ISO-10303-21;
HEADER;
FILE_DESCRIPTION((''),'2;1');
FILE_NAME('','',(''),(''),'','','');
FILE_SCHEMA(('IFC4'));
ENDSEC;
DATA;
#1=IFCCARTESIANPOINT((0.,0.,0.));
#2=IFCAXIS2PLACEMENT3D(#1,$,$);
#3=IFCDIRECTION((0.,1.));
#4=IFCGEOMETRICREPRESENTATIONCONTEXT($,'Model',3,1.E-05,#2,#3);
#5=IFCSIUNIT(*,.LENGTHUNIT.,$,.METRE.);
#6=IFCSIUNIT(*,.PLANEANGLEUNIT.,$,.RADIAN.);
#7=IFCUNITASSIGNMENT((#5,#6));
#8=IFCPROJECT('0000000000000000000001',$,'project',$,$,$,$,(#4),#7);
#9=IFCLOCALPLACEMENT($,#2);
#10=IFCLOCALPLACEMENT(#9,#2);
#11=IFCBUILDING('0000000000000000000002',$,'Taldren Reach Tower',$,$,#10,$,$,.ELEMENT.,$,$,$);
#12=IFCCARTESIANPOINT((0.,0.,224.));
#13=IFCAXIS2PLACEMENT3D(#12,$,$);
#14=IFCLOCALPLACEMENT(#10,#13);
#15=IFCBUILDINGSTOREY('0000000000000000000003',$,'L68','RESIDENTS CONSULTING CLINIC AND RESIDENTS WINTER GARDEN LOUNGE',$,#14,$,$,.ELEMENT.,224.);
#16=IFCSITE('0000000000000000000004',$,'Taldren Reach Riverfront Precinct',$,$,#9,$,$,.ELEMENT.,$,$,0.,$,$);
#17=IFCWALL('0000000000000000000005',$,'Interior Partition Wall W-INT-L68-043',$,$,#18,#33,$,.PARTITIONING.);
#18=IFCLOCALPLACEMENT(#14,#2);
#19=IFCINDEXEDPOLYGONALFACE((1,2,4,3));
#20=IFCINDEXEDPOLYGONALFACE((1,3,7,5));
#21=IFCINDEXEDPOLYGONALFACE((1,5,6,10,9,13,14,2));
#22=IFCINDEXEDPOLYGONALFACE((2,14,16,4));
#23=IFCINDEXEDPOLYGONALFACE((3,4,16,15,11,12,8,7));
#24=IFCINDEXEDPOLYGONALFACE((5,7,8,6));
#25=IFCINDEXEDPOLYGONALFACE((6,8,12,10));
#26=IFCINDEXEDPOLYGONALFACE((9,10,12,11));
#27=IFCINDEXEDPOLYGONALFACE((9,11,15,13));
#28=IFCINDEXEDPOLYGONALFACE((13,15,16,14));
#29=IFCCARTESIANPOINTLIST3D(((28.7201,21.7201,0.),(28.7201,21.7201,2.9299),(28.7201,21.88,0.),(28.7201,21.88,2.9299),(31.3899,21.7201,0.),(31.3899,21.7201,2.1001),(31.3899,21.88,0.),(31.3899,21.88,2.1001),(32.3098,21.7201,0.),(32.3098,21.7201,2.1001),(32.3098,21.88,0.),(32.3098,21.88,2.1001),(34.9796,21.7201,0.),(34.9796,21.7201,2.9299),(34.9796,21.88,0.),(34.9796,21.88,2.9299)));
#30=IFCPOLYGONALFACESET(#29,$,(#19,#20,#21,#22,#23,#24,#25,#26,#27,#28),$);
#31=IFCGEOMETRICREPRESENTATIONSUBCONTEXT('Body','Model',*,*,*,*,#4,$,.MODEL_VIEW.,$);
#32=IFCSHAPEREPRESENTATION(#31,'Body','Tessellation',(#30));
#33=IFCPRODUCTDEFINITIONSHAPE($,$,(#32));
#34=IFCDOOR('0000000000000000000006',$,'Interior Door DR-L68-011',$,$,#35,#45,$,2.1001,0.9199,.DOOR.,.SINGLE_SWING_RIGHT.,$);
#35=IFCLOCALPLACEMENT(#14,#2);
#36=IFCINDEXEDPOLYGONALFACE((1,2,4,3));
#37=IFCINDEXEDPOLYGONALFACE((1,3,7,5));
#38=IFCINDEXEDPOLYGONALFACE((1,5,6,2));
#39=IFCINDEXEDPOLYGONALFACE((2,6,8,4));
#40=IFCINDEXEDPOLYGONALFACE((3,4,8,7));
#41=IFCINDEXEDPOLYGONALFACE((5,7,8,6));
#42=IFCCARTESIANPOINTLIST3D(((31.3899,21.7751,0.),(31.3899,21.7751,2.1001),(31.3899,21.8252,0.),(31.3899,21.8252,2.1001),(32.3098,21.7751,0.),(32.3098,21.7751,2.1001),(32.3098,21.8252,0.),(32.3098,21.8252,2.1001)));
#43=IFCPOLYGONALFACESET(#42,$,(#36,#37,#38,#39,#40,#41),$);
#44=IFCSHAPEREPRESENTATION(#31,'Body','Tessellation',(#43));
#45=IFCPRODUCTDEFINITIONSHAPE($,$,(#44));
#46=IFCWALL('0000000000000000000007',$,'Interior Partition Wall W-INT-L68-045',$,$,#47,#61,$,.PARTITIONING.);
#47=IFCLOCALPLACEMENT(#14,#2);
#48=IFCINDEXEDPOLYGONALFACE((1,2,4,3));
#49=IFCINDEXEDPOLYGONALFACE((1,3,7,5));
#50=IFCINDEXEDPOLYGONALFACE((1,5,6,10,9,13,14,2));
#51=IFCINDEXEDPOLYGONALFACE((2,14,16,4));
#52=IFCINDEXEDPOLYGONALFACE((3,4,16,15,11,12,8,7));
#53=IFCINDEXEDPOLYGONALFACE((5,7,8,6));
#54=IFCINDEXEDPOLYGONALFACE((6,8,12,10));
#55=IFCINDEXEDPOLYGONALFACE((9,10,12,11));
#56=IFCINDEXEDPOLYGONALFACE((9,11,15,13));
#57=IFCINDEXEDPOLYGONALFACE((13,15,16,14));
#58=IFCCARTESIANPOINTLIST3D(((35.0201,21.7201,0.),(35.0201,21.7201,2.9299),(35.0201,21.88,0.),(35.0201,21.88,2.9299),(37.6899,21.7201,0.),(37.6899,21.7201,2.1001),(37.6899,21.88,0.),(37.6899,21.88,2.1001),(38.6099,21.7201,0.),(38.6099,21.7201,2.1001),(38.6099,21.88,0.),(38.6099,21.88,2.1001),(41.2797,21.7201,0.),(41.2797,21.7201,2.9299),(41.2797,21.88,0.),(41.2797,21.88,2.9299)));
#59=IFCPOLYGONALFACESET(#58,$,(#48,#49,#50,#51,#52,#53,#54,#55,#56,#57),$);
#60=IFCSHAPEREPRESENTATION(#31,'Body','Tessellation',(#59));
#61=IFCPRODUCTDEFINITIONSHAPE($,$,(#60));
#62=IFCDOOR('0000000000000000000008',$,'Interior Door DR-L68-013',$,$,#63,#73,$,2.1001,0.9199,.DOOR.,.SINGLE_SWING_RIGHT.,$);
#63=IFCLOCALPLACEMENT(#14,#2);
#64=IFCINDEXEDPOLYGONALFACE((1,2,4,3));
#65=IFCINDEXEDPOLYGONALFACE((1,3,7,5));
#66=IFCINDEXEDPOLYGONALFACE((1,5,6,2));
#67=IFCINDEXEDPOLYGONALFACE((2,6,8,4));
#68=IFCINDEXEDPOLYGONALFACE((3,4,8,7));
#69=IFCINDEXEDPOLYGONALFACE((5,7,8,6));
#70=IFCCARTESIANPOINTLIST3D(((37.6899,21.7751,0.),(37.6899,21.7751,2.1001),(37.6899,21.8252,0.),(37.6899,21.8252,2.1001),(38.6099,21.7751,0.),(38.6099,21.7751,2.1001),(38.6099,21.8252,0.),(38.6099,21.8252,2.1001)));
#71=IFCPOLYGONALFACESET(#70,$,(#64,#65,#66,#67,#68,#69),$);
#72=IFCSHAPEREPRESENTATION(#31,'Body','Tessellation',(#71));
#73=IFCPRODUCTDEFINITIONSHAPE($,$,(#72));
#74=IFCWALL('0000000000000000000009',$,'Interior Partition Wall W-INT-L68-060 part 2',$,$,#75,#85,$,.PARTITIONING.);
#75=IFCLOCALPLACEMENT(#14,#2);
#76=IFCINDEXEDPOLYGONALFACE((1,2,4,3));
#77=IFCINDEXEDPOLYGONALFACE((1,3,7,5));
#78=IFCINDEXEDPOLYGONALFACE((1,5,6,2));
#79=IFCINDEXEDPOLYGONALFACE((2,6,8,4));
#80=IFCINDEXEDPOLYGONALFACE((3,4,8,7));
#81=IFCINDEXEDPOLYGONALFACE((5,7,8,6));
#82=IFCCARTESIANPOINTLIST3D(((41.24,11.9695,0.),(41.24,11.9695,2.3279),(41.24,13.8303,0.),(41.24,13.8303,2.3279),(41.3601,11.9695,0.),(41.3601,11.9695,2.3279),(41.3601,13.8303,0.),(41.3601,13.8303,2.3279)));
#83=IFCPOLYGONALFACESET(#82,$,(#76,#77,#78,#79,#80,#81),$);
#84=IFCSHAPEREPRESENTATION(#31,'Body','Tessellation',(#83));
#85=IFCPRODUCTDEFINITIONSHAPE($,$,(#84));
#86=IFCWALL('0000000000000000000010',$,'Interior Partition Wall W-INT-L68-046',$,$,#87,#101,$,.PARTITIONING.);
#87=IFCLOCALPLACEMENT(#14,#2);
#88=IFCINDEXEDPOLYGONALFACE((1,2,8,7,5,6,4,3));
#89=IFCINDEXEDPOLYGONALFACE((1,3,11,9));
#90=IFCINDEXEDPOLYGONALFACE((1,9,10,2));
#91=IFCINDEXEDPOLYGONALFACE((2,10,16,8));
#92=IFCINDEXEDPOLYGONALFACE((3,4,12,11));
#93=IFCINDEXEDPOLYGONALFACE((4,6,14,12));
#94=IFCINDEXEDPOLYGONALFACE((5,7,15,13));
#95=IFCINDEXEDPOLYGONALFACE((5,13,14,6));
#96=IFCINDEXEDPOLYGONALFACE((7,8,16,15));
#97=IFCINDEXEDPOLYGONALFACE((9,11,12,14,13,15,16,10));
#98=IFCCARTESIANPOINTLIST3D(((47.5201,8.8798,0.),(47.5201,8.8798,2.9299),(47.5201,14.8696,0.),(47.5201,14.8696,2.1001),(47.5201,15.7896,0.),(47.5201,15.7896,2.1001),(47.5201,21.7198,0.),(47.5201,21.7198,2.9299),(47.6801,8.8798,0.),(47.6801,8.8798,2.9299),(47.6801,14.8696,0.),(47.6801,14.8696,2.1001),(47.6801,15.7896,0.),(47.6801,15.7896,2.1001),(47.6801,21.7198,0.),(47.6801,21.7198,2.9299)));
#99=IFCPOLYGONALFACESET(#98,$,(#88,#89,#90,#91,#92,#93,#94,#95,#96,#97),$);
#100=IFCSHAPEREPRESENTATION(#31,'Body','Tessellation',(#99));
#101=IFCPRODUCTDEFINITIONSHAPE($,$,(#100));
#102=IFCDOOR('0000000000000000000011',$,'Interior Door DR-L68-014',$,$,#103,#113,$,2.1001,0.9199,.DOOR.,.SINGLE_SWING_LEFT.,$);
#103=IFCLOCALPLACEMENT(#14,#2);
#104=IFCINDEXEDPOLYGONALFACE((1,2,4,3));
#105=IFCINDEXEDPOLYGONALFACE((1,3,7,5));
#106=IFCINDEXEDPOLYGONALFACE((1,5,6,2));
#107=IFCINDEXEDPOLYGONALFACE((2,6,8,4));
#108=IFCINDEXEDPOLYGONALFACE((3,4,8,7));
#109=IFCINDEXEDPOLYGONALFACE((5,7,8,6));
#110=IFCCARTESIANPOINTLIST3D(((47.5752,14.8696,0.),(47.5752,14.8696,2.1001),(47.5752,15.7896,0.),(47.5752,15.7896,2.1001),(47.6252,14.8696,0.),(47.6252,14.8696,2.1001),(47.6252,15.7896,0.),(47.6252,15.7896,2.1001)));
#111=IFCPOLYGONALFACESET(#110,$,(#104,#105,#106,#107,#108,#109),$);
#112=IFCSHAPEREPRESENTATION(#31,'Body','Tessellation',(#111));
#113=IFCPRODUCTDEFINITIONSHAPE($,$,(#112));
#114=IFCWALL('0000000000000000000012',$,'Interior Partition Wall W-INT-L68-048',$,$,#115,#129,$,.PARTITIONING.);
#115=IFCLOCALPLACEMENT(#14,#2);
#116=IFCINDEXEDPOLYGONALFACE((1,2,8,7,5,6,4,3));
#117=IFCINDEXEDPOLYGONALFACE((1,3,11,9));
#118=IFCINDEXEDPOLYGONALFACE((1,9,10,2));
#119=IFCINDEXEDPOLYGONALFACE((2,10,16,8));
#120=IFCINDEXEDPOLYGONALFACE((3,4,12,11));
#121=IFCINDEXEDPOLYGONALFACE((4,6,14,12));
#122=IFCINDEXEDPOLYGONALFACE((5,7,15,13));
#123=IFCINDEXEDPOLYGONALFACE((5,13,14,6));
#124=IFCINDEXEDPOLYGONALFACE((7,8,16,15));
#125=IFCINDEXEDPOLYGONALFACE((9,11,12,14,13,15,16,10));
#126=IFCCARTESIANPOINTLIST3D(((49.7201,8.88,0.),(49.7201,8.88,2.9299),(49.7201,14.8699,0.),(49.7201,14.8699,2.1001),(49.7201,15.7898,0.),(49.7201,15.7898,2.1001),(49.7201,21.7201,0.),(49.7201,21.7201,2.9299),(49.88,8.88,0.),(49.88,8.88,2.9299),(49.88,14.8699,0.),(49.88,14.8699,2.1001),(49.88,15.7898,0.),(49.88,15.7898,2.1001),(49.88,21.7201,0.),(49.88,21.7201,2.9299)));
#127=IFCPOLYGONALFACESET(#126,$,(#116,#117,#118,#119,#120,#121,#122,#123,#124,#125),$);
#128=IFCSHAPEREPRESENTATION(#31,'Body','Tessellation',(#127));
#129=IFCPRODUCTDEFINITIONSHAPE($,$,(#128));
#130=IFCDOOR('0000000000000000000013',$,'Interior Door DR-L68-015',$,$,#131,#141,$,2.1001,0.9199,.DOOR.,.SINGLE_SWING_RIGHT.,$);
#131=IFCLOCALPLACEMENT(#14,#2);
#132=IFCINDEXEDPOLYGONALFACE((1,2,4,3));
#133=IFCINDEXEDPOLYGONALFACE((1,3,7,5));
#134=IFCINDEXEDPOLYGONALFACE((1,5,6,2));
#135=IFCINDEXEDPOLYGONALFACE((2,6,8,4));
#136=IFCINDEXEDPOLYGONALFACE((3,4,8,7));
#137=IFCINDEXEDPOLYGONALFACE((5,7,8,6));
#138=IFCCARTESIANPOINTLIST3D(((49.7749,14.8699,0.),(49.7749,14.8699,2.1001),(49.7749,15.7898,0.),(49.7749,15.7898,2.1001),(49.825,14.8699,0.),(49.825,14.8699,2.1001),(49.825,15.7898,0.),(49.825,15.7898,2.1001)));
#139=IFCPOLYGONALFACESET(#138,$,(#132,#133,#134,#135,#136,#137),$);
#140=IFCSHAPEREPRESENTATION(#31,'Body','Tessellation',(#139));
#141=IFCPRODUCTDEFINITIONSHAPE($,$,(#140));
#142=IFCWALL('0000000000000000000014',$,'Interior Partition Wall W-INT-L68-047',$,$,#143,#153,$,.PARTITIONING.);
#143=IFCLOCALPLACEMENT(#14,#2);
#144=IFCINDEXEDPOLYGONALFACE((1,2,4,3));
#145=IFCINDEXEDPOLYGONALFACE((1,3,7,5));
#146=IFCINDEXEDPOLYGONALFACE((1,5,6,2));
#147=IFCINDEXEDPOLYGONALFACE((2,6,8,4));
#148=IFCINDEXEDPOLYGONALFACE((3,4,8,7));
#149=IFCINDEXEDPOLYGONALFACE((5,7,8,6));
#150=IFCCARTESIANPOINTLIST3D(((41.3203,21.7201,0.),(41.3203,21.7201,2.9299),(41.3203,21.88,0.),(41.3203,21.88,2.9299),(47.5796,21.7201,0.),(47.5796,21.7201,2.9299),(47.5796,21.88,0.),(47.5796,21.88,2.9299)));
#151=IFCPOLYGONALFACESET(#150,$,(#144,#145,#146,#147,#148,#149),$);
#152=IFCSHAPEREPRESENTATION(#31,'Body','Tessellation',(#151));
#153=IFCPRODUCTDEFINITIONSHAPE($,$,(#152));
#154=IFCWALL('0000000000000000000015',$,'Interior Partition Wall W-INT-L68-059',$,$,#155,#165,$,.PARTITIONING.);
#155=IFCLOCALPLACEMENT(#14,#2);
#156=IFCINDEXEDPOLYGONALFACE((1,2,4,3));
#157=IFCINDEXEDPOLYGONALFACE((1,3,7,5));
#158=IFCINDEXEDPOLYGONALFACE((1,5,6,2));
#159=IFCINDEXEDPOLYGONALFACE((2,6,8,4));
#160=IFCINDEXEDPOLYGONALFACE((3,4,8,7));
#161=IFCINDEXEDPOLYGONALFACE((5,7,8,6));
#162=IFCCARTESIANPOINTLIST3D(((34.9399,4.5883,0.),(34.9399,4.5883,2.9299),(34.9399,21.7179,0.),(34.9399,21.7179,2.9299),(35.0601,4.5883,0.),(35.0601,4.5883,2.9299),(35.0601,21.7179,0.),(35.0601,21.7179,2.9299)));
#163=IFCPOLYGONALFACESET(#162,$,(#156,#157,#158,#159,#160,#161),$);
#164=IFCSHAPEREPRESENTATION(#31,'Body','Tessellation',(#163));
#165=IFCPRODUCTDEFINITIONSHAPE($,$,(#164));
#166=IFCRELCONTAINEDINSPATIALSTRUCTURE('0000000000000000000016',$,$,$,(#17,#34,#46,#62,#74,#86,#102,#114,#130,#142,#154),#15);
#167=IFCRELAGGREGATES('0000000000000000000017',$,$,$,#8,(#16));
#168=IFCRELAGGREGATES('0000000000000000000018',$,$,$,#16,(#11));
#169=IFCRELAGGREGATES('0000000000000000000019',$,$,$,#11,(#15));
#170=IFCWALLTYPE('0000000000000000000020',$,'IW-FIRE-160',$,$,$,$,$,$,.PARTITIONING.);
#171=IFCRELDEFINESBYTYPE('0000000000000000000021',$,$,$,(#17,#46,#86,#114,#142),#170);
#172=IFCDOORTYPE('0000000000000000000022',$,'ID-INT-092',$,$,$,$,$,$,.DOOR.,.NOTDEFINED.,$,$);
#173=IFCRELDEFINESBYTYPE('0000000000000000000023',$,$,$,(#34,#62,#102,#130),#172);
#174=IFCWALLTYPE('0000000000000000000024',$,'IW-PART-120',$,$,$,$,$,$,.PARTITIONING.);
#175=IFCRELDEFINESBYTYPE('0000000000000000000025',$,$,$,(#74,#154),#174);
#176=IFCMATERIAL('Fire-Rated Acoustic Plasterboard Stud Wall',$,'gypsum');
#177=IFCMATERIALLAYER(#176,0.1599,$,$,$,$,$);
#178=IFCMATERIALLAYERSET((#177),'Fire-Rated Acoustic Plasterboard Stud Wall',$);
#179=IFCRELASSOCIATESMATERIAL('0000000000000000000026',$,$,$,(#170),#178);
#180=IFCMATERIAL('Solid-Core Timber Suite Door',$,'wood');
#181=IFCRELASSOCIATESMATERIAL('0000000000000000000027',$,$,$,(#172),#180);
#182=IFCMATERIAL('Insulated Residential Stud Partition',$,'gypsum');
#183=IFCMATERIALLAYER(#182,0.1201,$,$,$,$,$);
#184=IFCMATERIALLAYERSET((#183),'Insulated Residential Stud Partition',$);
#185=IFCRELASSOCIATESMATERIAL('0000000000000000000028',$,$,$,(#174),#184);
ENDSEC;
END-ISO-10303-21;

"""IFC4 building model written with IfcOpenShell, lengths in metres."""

from ifc_helpers import new_model, si_unit, direction, frame, frame_2d, origin, place, context, subcontext, project, spatial, rectangle, extrude, source, transform, mapped, material, layer, layer_set, type_object, element, fill, save


model = new_model("IFC4")

# Units and contexts
model_context = context("Model", 3, precision=1e-05, world=origin(), true_north=direction((0.0, 1.0)))
body_context = subcontext(model_context, "Body", "Model", "MODEL_VIEW")
ifc_project = project(units=[si_unit("LENGTHUNIT", "METRE"), si_unit("PLANEANGLEUNIT", "RADIAN")], contexts=[model_context])

# Site, building, storey
site_placement = place(None, origin())
site = spatial("IfcSite", under=ifc_project, at=site_placement, Name="Taldren Reach Riverfront Precinct", CompositionType="ELEMENT", RefElevation=0.0)
building_placement = place(site_placement, origin())
building = spatial("IfcBuilding", under=site, at=building_placement, Name="Taldren Reach Tower", CompositionType="ELEMENT")
storey_placement = place(building_placement, frame((0.0, 0.0, 224.0)))
storey = spatial("IfcBuildingStorey", under=building, at=storey_placement, Name="L68", Description="RESIDENTS CONSULTING CLINIC AND RESIDENTS WINTER GARDEN LOUNGE", CompositionType="ELEMENT", Elevation=224.0)

# Shared definitions
ifc_material_1 = material(Name="Fire-Rated Acoustic Plasterboard Stud Wall", Category="gypsum")
ifc_layer_1 = layer(ifc_material_1, 0.1599)
ifc_layer_set_1 = layer_set([ifc_layer_1], Name="Fire-Rated Acoustic Plasterboard Stud Wall")
wall_type_1 = type_object("IfcWallType", Name="IW-FIRE-160", PredefinedType="PARTITIONING", material=ifc_layer_set_1)

# Walls, openings, doors
shared_shape_1 = source(origin(), body_context, "Body", "SweptSolid", [
    extrude(rectangle(XDim=6.2595, YDim=0.1599, at=frame_2d((3.1299, 0.0))), origin(), (0.0, 0.0, 1.0), 2.9299),
])
wall_1_placement = place(storey_placement, frame((34.9797, 21.8, 0.0), z_axis=(0.0, 0.0, 1.0), x_axis=(-1.0, 0.0, 0.0)))
wall_1 = element("IfcWall", 1, at=wall_1_placement, inside=storey, type_object=wall_type_1, Name="Interior Partition Wall W-INT-L68-043", PredefinedType="PARTITIONING", context=body_context, shape_type="MappedRepresentation", body=[
    mapped(shared_shape_1, transform((0.0, 0.0, 0.0), scale=1.0)),
])
shared_shape_2 = source(origin(), body_context, "Body", "SweptSolid", [
    extrude(rectangle(XDim=0.9199, YDim=2.1001, at=frame_2d((0.46, 1.05))), frame((0.0, 0.0898, 0.0), z_axis=(0.0, -1.0, 0.0), x_axis=(1.0, 0.0, 0.0)), (0.0, 0.0, 1.0), 0.1799),
])
opening_1_placement = place(wall_1_placement, frame((2.6699, 0.0, 0.0)))
opening_1 = element("IfcOpeningElement", 2, at=opening_1_placement, cuts=wall_1, PredefinedType="OPENING", context=body_context, shape_type="MappedRepresentation", body=[
    mapped(shared_shape_2, transform((0.0, 0.0, 0.0), scale=1.0)),
])
ifc_material_2 = material(Name="Solid-Core Timber Suite Door", Category="wood")
door_type = type_object("IfcDoorType", Name="ID-INT-092", OperationType="NOTDEFINED", PredefinedType="DOOR", material=ifc_material_2)
shared_shape_3 = source(origin(), body_context, "Body", "SweptSolid", [
    extrude(rectangle(XDim=0.9199, YDim=2.1001, at=frame_2d((0.46, 1.05))), frame((0.0, 0.0249, 0.0), z_axis=(0.0, -1.0, 0.0), x_axis=(1.0, 0.0, 0.0)), (0.0, 0.0, 1.0), 0.05),
])
door_1_placement = place(opening_1_placement, origin())
door_1 = element("IfcDoor", 3, at=door_1_placement, inside=storey, type_object=door_type, Name="Interior Door DR-L68-011", OperationType="SINGLE_SWING_RIGHT", OverallHeight=2.1001, OverallWidth=0.9199, PredefinedType="DOOR", context=body_context, shape_type="MappedRepresentation", body=[
    mapped(shared_shape_3, transform((0.0, 0.0, 0.0), scale=1.0)),
])
fill(opening_1, door_1)
wall_2_placement = place(storey_placement, frame((41.2798, 21.8, 0.0), z_axis=(0.0, 0.0, 1.0), x_axis=(-1.0, 0.0, 0.0)))
wall_2 = element("IfcWall", 4, at=wall_2_placement, inside=storey, type_object=wall_type_1, Name="Interior Partition Wall W-INT-L68-045", PredefinedType="PARTITIONING", context=body_context, shape_type="MappedRepresentation", body=[
    mapped(shared_shape_1, transform((0.0, 0.0, 0.0), scale=1.0)),
])
opening_2_placement = place(wall_2_placement, frame((2.6699, 0.0, 0.0)))
opening_2 = element("IfcOpeningElement", 5, at=opening_2_placement, cuts=wall_2, PredefinedType="OPENING", context=body_context, shape_type="MappedRepresentation", body=[
    mapped(shared_shape_2, transform((0.0, 0.0, 0.0), scale=1.0)),
])
door_2_placement = place(opening_2_placement, origin())
door_2 = element("IfcDoor", 6, at=door_2_placement, inside=storey, type_object=door_type, Name="Interior Door DR-L68-013", OperationType="SINGLE_SWING_RIGHT", OverallHeight=2.1001, OverallWidth=0.9199, PredefinedType="DOOR", context=body_context, shape_type="MappedRepresentation", body=[
    mapped(shared_shape_3, transform((0.0, 0.0, 0.0), scale=1.0)),
])
fill(opening_2, door_2)

# Wall
ifc_material_3 = material(Name="Insulated Residential Stud Partition", Category="gypsum")
ifc_layer_2 = layer(ifc_material_3, 0.1201)
ifc_layer_set_2 = layer_set([ifc_layer_2], Name="Insulated Residential Stud Partition")
wall_type_2 = type_object("IfcWallType", Name="IW-PART-120", PredefinedType="PARTITIONING", material=ifc_layer_set_2)
shared_shape_4 = source(origin(), body_context, "Body", "SweptSolid", [
    extrude(rectangle(XDim=1.8608, YDim=0.1201, at=frame_2d((0.9304, 0.0))), origin(), (0.0, 0.0, 1.0), 2.3279),
])
wall_3_placement = place(storey_placement, frame((41.3, 13.8303, 0.0), z_axis=(0.0, 0.0, 1.0), x_axis=(0.0, -1.0, 0.0)))
element("IfcWall", 7, at=wall_3_placement, inside=storey, type_object=wall_type_2, Name="Interior Partition Wall W-INT-L68-060 part 2", PredefinedType="PARTITIONING", context=body_context, shape_type="MappedRepresentation", body=[
    mapped(shared_shape_4, transform((0.0, 0.0, 0.0), scale=1.0)),
])

# Walls, openings, doors
shared_shape_5 = source(origin(), body_context, "Body", "SweptSolid", [
    extrude(rectangle(XDim=12.8401, YDim=0.1599, at=frame_2d((6.4199, 0.0))), origin(), (0.0, 0.0, 1.0), 2.9299),
])
wall_4_placement = place(storey_placement, frame((47.6001, 8.8799, 0.0), z_axis=(0.0, 0.0, 1.0), x_axis=(0.0, 1.0, 0.0)))
wall_4 = element("IfcWall", 8, at=wall_4_placement, inside=storey, type_object=wall_type_1, Name="Interior Partition Wall W-INT-L68-046", PredefinedType="PARTITIONING", context=body_context, shape_type="MappedRepresentation", body=[
    mapped(shared_shape_5, transform((0.0, 0.0, 0.0), scale=1.0)),
])
opening_3_placement = place(wall_4_placement, frame((5.9897, 0.0, 0.0)))
opening_3 = element("IfcOpeningElement", 9, at=opening_3_placement, cuts=wall_4, PredefinedType="OPENING", context=body_context, shape_type="MappedRepresentation", body=[
    mapped(shared_shape_2, transform((0.0, 0.0, 0.0), scale=1.0)),
])
door_3_placement = place(opening_3_placement, origin())
door_3 = element("IfcDoor", 10, at=door_3_placement, inside=storey, type_object=door_type, Name="Interior Door DR-L68-014", OperationType="SINGLE_SWING_LEFT", OverallHeight=2.1001, OverallWidth=0.9199, PredefinedType="DOOR", context=body_context, shape_type="MappedRepresentation", body=[
    mapped(shared_shape_3, transform((0.0, 0.0, 0.0), scale=1.0)),
])
fill(opening_3, door_3)
wall_5_placement = place(storey_placement, frame((49.8, 21.72, 0.0), z_axis=(0.0, 0.0, 1.0), x_axis=(0.0, -1.0, 0.0)))
wall_5 = element("IfcWall", 11, at=wall_5_placement, inside=storey, type_object=wall_type_1, Name="Interior Partition Wall W-INT-L68-048", PredefinedType="PARTITIONING", context=body_context, shape_type="MappedRepresentation", body=[
    mapped(shared_shape_5, transform((0.0, 0.0, 0.0), scale=1.0)),
])
opening_4_placement = place(wall_5_placement, frame((5.9302, 0.0, 0.0)))
opening_4 = element("IfcOpeningElement", 12, at=opening_4_placement, cuts=wall_5, PredefinedType="OPENING", context=body_context, shape_type="MappedRepresentation", body=[
    mapped(shared_shape_2, transform((0.0, 0.0, 0.0), scale=1.0)),
])
door_4_placement = place(opening_4_placement, origin())
door_4 = element("IfcDoor", 13, at=door_4_placement, inside=storey, type_object=door_type, Name="Interior Door DR-L68-015", OperationType="SINGLE_SWING_RIGHT", OverallHeight=2.1001, OverallWidth=0.9199, PredefinedType="DOOR", context=body_context, shape_type="MappedRepresentation", body=[
    mapped(shared_shape_3, transform((0.0, 0.0, 0.0), scale=1.0)),
])
fill(opening_4, door_4)

# Walls
shared_shape_6 = source(origin(), body_context, "Body", "SweptSolid", [
    extrude(rectangle(XDim=6.2593, YDim=0.1599, at=frame_2d((3.1296, 0.0))), origin(), (0.0, 0.0, 1.0), 2.9299),
])
wall_6_placement = place(storey_placement, frame((47.5796, 21.8, 0.0), z_axis=(0.0, 0.0, 1.0), x_axis=(-1.0, 0.0, 0.0)))
element("IfcWall", 14, at=wall_6_placement, inside=storey, type_object=wall_type_1, Name="Interior Partition Wall W-INT-L68-047", PredefinedType="PARTITIONING", context=body_context, shape_type="MappedRepresentation", body=[
    mapped(shared_shape_6, transform((0.0, 0.0, 0.0), scale=1.0)),
])
shared_shape_7 = source(origin(), body_context, "Body", "SweptSolid", [
    extrude(rectangle(XDim=17.1296, YDim=0.1201, at=frame_2d((8.5649, 0.0))), origin(), (0.0, 0.0, 1.0), 2.9299),
])
wall_7_placement = place(storey_placement, frame((35.0, 21.718, 0.0), z_axis=(0.0, 0.0, 1.0), x_axis=(0.0, -1.0, 0.0)))
element("IfcWall", 15, at=wall_7_placement, inside=storey, type_object=wall_type_2, Name="Interior Partition Wall W-INT-L68-059", PredefinedType="PARTITIONING", context=body_context, shape_type="MappedRepresentation", body=[
    mapped(shared_shape_7, transform((0.0, 0.0, 0.0), scale=1.0)),
])

save(model, "model.ifc")
